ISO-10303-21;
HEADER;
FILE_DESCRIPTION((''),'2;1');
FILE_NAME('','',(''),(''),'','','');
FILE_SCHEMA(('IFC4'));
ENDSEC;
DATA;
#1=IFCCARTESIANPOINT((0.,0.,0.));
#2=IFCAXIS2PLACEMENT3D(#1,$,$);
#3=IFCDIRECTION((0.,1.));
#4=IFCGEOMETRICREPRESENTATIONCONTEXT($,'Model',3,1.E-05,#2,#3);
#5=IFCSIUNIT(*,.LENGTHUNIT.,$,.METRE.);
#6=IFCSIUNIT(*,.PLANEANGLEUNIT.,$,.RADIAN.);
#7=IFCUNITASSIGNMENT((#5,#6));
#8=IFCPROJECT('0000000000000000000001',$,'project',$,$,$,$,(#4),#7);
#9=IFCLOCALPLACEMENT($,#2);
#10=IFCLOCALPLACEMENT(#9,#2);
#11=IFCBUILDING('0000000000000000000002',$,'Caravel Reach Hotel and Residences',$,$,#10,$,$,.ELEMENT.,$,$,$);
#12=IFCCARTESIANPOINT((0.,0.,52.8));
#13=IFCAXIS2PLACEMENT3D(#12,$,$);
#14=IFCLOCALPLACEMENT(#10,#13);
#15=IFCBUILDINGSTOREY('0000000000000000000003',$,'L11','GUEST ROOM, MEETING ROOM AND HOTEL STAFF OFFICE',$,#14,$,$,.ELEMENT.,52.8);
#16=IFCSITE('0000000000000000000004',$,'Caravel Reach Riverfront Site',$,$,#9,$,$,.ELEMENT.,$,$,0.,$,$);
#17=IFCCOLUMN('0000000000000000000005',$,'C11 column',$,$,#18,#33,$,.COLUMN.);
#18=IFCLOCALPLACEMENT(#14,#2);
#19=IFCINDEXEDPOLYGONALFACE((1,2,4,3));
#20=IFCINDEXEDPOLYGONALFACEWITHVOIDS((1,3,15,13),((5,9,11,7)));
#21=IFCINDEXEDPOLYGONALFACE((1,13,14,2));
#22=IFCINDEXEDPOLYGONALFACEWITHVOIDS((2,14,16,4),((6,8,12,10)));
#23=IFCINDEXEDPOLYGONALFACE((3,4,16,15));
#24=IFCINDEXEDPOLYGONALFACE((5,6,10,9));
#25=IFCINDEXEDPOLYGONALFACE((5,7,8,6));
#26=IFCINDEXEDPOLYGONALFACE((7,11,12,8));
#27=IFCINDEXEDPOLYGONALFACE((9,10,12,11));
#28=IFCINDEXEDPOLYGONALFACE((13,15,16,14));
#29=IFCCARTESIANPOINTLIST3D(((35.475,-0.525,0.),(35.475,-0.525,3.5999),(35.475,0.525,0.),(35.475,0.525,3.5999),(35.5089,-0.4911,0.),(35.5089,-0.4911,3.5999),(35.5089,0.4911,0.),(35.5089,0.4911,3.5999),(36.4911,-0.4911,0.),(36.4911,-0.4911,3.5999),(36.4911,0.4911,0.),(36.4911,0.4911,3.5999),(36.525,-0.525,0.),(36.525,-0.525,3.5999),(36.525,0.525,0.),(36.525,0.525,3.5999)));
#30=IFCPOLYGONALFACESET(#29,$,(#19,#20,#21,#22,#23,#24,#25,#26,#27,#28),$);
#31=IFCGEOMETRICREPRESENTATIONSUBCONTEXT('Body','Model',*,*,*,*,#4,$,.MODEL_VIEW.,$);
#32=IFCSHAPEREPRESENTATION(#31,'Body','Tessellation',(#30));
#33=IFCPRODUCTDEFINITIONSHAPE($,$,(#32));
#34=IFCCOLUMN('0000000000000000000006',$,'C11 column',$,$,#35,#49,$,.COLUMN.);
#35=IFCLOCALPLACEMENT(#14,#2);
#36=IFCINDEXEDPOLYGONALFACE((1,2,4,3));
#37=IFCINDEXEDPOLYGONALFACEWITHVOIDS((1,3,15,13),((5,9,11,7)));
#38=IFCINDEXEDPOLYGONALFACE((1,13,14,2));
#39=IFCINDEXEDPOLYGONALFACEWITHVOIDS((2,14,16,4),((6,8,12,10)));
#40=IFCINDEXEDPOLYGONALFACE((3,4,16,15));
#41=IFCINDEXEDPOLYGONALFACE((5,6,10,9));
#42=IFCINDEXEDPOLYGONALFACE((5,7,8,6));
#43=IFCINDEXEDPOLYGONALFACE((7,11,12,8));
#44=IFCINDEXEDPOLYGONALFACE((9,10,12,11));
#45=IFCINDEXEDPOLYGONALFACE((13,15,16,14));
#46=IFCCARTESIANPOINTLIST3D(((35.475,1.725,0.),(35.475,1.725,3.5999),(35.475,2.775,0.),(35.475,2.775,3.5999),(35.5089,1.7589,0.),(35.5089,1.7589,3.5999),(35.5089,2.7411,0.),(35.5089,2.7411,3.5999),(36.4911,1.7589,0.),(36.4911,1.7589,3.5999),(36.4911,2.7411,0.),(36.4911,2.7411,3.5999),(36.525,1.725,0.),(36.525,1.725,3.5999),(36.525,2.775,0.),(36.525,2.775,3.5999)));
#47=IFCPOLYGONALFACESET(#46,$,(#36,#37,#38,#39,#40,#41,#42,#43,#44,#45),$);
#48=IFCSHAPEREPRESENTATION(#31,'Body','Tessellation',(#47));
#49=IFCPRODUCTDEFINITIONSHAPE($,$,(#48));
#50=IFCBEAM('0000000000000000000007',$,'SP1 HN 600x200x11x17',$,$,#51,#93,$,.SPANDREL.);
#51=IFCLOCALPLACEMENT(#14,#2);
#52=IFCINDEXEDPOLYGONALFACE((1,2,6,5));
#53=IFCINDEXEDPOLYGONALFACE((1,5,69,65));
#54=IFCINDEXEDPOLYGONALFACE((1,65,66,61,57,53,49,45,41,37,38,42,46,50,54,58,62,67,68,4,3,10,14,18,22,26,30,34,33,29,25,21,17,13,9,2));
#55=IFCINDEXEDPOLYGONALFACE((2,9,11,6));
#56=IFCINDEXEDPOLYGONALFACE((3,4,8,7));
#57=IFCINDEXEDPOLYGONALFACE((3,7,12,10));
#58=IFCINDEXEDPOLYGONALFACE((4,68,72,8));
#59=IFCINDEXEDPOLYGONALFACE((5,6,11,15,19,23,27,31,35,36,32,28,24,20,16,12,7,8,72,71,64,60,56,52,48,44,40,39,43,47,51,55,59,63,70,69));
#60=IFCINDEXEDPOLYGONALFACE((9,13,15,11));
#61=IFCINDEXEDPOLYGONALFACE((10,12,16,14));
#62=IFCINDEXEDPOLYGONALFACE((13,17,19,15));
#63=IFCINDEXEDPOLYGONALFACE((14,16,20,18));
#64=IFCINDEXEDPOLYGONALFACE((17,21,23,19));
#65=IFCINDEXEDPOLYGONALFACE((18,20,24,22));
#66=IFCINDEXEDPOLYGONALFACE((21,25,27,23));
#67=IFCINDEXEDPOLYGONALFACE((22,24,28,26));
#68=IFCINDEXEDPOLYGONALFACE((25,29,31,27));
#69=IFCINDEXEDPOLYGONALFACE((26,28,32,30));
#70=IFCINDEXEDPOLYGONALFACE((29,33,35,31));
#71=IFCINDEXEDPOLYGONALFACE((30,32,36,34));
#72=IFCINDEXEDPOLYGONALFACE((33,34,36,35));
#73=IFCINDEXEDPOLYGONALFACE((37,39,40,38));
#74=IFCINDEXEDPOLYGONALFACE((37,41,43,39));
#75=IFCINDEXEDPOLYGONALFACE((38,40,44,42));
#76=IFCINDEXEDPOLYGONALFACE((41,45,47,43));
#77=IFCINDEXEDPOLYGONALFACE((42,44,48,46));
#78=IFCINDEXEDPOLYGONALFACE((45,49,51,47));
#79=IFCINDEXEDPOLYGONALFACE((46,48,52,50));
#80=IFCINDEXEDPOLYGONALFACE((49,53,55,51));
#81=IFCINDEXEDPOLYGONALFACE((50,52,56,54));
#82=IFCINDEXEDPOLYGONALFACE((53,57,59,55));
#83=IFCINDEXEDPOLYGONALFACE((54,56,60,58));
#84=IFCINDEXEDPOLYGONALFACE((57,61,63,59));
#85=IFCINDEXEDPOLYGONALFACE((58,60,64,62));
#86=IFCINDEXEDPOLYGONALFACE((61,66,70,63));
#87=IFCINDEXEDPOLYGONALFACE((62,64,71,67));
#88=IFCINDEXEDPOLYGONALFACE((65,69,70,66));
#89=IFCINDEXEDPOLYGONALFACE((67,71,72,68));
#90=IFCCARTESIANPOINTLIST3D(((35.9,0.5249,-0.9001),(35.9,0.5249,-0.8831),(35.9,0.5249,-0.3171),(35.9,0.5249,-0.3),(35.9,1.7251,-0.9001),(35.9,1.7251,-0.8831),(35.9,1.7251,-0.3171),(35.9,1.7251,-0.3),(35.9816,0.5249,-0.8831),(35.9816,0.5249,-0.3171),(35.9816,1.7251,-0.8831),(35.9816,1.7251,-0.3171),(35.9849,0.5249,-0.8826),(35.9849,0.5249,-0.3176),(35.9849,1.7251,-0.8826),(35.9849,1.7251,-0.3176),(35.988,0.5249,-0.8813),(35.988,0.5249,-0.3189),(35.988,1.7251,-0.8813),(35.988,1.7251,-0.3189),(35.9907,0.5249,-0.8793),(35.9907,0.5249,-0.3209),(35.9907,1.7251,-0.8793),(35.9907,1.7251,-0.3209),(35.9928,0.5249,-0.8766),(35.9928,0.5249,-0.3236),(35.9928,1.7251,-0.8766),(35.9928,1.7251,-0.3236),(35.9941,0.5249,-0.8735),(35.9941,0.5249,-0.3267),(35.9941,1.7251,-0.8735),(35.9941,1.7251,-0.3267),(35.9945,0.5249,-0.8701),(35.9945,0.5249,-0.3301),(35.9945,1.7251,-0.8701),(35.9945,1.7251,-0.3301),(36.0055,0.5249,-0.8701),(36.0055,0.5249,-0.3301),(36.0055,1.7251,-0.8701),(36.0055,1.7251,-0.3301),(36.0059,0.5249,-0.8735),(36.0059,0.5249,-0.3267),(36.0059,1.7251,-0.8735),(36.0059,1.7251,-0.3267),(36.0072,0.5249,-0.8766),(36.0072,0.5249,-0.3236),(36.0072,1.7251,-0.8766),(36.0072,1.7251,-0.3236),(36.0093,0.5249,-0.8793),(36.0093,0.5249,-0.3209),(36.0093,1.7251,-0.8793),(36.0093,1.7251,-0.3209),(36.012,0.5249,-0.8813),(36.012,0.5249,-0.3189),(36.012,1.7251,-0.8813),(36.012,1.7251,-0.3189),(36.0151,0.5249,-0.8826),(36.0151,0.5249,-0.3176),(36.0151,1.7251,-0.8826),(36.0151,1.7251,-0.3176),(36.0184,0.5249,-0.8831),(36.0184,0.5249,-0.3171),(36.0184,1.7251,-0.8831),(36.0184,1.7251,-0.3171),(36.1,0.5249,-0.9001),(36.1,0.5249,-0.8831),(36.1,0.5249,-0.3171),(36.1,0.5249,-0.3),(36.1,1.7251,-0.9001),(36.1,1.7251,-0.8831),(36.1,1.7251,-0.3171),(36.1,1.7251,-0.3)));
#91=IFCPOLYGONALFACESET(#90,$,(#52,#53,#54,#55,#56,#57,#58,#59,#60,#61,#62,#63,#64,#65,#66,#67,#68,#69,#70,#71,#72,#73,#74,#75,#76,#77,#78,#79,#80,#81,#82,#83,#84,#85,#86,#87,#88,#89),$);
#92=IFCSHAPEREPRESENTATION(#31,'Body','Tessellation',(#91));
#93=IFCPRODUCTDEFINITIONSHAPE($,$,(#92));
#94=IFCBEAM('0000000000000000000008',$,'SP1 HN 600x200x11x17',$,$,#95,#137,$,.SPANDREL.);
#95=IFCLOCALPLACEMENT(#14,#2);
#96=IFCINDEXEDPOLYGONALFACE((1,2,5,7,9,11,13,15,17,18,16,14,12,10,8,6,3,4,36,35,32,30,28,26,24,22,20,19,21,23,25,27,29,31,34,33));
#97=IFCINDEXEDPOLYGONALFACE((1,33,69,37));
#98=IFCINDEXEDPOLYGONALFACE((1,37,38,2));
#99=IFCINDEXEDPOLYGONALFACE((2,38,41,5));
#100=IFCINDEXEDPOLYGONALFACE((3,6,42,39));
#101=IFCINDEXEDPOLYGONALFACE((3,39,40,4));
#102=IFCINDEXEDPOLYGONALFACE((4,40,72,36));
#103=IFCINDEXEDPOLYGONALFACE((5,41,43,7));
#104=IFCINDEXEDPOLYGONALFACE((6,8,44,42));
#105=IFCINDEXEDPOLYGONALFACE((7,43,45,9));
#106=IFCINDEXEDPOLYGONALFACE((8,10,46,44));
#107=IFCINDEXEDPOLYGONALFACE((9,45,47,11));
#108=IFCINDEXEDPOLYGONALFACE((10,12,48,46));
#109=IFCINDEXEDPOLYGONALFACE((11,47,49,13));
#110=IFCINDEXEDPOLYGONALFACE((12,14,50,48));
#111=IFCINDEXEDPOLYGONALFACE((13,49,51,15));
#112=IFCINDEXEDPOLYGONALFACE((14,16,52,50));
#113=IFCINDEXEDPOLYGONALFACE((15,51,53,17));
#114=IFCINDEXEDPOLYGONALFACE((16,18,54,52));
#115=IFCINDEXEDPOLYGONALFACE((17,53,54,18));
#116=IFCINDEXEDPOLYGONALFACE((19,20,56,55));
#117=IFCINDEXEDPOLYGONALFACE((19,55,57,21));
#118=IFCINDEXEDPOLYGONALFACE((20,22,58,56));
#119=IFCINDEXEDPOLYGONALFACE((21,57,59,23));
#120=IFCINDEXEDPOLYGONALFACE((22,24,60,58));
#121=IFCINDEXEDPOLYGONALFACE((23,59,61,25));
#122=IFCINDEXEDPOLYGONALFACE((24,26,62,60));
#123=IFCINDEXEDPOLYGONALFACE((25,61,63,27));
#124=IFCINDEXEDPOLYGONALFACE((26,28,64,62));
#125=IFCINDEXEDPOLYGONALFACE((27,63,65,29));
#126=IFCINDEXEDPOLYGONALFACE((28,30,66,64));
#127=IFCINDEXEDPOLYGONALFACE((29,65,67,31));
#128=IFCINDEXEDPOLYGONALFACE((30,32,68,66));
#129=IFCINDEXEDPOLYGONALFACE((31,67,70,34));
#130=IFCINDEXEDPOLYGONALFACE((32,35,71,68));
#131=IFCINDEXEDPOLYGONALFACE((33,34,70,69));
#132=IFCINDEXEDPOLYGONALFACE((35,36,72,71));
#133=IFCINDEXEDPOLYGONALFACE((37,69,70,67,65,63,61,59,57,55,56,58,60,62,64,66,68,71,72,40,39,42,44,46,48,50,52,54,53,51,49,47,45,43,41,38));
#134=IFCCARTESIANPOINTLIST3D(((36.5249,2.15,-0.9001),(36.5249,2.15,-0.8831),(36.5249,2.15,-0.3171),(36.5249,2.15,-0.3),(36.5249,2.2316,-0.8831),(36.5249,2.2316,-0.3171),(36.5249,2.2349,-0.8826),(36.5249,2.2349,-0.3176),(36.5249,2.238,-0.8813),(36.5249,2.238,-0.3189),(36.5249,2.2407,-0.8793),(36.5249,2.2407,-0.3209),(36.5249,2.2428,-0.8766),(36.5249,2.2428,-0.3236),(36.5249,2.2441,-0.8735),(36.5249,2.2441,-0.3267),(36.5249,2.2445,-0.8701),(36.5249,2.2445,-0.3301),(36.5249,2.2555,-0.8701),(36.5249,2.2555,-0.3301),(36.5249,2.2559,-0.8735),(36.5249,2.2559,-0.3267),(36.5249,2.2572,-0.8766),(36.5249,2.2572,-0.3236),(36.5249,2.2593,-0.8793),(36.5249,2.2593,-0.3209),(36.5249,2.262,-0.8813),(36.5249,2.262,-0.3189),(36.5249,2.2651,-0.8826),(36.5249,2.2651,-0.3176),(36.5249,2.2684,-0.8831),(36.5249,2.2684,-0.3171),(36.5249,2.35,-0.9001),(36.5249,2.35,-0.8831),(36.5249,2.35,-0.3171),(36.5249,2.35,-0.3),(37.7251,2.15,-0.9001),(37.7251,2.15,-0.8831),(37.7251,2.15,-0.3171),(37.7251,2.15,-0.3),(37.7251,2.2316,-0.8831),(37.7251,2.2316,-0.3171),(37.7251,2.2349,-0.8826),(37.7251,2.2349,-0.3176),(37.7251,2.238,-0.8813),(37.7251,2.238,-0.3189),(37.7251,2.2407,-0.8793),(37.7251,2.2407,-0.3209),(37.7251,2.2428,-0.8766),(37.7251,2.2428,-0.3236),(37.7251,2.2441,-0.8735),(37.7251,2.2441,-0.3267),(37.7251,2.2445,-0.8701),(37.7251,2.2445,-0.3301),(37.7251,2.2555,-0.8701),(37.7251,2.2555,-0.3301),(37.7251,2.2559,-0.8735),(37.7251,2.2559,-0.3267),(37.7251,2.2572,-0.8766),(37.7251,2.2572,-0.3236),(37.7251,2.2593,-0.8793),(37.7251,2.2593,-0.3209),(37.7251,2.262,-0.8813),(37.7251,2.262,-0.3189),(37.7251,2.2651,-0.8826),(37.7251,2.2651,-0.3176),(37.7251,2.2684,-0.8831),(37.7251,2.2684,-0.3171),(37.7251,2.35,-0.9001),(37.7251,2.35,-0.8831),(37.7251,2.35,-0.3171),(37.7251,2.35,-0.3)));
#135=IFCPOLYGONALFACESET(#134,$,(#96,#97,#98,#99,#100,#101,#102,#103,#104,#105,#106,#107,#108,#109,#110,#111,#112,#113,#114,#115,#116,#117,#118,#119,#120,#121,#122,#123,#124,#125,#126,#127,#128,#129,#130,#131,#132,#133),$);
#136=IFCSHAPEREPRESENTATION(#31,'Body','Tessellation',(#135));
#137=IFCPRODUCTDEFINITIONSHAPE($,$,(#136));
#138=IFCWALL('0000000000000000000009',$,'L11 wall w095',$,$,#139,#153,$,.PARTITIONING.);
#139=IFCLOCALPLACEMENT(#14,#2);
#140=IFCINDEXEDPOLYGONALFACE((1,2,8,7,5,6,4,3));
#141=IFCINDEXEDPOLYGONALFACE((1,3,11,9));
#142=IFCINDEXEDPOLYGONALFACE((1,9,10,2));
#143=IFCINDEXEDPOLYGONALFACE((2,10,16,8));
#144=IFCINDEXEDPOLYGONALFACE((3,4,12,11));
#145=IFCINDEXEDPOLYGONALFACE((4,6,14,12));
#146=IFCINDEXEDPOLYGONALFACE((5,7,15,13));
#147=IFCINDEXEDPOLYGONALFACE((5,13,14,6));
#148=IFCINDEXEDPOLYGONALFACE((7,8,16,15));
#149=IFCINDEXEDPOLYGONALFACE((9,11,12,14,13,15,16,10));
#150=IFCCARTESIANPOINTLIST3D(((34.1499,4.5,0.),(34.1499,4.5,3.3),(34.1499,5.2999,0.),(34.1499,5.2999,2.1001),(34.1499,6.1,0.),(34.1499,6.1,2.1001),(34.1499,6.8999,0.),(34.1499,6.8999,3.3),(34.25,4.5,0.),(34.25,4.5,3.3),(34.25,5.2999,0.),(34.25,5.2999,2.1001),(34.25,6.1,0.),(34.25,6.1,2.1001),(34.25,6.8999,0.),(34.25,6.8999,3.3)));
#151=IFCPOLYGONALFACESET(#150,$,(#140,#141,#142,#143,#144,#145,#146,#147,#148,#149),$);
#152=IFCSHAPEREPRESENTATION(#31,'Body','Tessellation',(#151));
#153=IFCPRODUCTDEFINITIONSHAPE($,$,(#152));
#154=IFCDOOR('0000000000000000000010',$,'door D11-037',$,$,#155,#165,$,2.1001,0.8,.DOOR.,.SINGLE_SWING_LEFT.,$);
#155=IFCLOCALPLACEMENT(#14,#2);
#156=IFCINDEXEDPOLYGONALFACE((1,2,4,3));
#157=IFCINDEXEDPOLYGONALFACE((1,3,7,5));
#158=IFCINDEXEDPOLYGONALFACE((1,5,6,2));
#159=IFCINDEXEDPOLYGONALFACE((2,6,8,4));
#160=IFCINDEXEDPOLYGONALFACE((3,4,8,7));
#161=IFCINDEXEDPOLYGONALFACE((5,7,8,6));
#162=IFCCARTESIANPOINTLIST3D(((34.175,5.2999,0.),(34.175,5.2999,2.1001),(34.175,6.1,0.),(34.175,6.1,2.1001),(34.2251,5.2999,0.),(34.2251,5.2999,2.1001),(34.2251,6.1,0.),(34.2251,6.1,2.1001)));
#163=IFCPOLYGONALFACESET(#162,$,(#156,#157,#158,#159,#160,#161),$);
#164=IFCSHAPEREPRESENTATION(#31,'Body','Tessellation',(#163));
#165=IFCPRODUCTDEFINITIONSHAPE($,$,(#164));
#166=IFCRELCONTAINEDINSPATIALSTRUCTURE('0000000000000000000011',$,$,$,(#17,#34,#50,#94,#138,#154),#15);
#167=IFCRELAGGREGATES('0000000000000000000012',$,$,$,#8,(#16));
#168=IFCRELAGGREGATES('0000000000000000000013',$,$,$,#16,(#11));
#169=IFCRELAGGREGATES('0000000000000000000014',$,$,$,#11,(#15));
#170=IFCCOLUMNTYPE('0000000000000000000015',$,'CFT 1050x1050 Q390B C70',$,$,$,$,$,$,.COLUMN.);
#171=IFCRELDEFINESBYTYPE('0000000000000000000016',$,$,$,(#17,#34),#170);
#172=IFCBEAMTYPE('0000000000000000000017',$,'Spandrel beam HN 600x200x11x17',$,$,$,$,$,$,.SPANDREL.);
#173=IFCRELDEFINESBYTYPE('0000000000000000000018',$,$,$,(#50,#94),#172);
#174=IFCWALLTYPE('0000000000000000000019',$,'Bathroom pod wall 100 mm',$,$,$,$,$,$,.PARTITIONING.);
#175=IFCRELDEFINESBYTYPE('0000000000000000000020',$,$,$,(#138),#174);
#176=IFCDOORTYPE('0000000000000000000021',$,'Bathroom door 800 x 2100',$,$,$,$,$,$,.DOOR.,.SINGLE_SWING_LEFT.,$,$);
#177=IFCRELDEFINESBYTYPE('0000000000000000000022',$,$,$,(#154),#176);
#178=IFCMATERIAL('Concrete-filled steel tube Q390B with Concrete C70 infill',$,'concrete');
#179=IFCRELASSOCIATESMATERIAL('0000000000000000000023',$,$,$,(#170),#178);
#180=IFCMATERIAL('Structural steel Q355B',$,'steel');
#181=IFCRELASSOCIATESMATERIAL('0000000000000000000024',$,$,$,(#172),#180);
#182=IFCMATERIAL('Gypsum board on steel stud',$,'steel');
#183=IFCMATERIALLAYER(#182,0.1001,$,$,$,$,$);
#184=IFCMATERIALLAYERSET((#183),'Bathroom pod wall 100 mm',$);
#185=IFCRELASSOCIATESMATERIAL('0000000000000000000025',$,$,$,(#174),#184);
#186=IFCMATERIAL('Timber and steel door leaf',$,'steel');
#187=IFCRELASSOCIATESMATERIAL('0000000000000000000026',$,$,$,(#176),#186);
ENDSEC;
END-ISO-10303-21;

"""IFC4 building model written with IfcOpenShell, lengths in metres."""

from ifc_helpers import new_model, si_unit, direction, frame, frame_2d, origin, origin_2d, place, context, subcontext, project, spatial, rectangle, hollow_rectangle, i_section, extrude, material, layer, layer_set, material_profile, profile_set, type_object, element, fill, save


model = new_model("IFC4")

# Units and contexts
model_context = context("Model", 3, precision=1e-05, world=origin(), true_north=direction((0.0, 1.0)))
body_context = subcontext(model_context, "Body", "Model", "MODEL_VIEW")
ifc_project = project(units=[si_unit("LENGTHUNIT", "METRE"), si_unit("PLANEANGLEUNIT", "RADIAN")], contexts=[model_context])

# Site, building, storey
site_placement = place(None, origin())
site = spatial("IfcSite", under=ifc_project, at=site_placement, Name="Caravel Reach Riverfront Site", CompositionType="ELEMENT", RefElevation=0.0)
building_placement = place(site_placement, origin())
building = spatial("IfcBuilding", under=site, at=building_placement, Name="Caravel Reach Hotel and Residences", CompositionType="ELEMENT")
storey_placement = place(building_placement, frame((0.0, 0.0, 52.8)))
storey = spatial("IfcBuildingStorey", under=building, at=storey_placement, Name="L11", Description="GUEST ROOM, MEETING ROOM AND HOTEL STAFF OFFICE", CompositionType="ELEMENT", Elevation=52.8)

# Columns
ifc_material_1 = material(Name="Concrete-filled steel tube Q390B with Concrete C70 infill", Category="concrete")
ifc_material_profile_1 = material_profile(ifc_material_1, hollow_rectangle(XDim=1.05, YDim=1.05, WallThickness=0.0339, at=origin_2d()), Name="RHS 1050x1050x34")
ifc_profile_set_1 = profile_set([ifc_material_profile_1], Name="Concrete-filled steel tube Q390B with Concrete C70 infill")
column_type = type_object("IfcColumnType", Name="CFT 1050x1050 Q390B C70", PredefinedType="COLUMN", material=ifc_profile_set_1)
for number, where, z_axis, x_axis, name in (
    (1, (36.0, 0.0, 0.0), (0.0, 0.0, 1.0), (1.0, 0.0, 0.0), "C11 column"),
    (2, (36.0, 2.25, 0.0), (0.0, 0.0, 1.0), (1.0, 0.0, 0.0), "C11 column"),
):
    element("IfcColumn", number, at=place(storey_placement, frame(where, z_axis=z_axis, x_axis=x_axis)), inside=storey, type_object=column_type, Name=name, PredefinedType="COLUMN", context=body_context, shape_type="SweptSolid", body=[
        extrude(hollow_rectangle(XDim=1.05, YDim=1.05, WallThickness=0.0339, at=origin_2d()), origin(), (0.0, 0.0, 1.0), 3.5999),
    ])

# Beams
ifc_material_2 = material(Name="Structural steel Q355B", Category="steel")
ifc_material_profile_2 = material_profile(ifc_material_2, i_section(OverallWidth=0.2, OverallDepth=0.6001, WebThickness=0.011, FlangeThickness=0.0171, FilletRadius=0.0129, at=origin_2d()), Name="HN 600x200x11x17")
ifc_profile_set_2 = profile_set([ifc_material_profile_2], Name="Structural steel Q355B")
beam_type = type_object("IfcBeamType", Name="Spandrel beam HN 600x200x11x17", PredefinedType="SPANDREL", material=ifc_profile_set_2)
for number, where, z_axis, x_axis, name in (
    (3, (36.0, 0.5249, -0.6001), (0.0, 1.0, 0.0), (-1.0, 0.0, 0.0), "SP1 HN 600x200x11x17"),
    (4, (36.5249, 2.25, -0.6001), (1.0, 0.0, 0.0), (0.0, 1.0, 0.0), "SP1 HN 600x200x11x17"),
):
    element("IfcBeam", number, at=place(storey_placement, frame(where, z_axis=z_axis, x_axis=x_axis)), inside=storey, type_object=beam_type, Name=name, PredefinedType="SPANDREL", context=body_context, shape_type="SweptSolid", body=[
        extrude(i_section(OverallWidth=0.2, OverallDepth=0.6001, WebThickness=0.011, FlangeThickness=0.0171, FilletRadius=0.0129, at=origin_2d()), origin(), (0.0, 0.0, 1.0), 1.2002),
    ])

# Wall, opening, door
ifc_material_3 = material(Name="Gypsum board on steel stud", Category="steel")
ifc_layer_1 = layer(ifc_material_3, 0.1001)
ifc_layer_set_1 = layer_set([ifc_layer_1], Name="Bathroom pod wall 100 mm")
wall_type_1 = type_object("IfcWallType", Name="Bathroom pod wall 100 mm", PredefinedType="PARTITIONING", material=ifc_layer_set_1)
wall_1_placement = place(storey_placement, frame((34.2, 4.5, 0.0), z_axis=(0.0, 0.0, 1.0), x_axis=(0.0, 1.0, 0.0)))
wall_1 = element("IfcWall", 5, at=wall_1_placement, inside=storey, type_object=wall_type_1, Name="L11 wall w095", PredefinedType="PARTITIONING", context=body_context, shape_type="SweptSolid", body=[
    extrude(rectangle(XDim=2.3999, YDim=0.1001, at=frame_2d((1.2, 0.0))), origin(), (0.0, 0.0, 1.0), 3.3),
])
opening_1_placement = place(wall_1_placement, frame((0.8, 0.0, 0.0)))
opening_1 = element("IfcOpeningElement", 6, at=opening_1_placement, cuts=wall_1, PredefinedType="OPENING", context=body_context, shape_type="SweptSolid", body=[
    extrude(rectangle(XDim=0.8, YDim=2.1001, at=frame_2d((0.3999, 1.05))), frame((0.0, 0.0601, 0.0), z_axis=(0.0, -1.0, 0.0), x_axis=(1.0, 0.0, 0.0)), (0.0, 0.0, 1.0), 0.1201),
])
ifc_material_4 = material(Name="Timber and steel door leaf", Category="steel")
door_type_1 = type_object("IfcDoorType", Name="Bathroom door 800 x 2100", OperationType="SINGLE_SWING_LEFT", PredefinedType="DOOR", material=ifc_material_4)
door_1_placement = place(opening_1_placement, origin())
door_1 = element("IfcDoor", 7, at=door_1_placement, inside=storey, type_object=door_type_1, Name="door D11-037", OperationType="SINGLE_SWING_LEFT", OverallHeight=2.1001, OverallWidth=0.8, PredefinedType="DOOR", context=body_context, shape_type="SweptSolid", body=[
    extrude(rectangle(XDim=0.8, YDim=2.1001, at=frame_2d((0.3999, 1.05))), frame((0.0, 0.0249, 0.0), z_axis=(0.0, -1.0, 0.0), x_axis=(1.0, 0.0, 0.0)), (0.0, 0.0, 1.0), 0.05),
])
fill(opening_1, door_1)

save(model, "model.ifc")
